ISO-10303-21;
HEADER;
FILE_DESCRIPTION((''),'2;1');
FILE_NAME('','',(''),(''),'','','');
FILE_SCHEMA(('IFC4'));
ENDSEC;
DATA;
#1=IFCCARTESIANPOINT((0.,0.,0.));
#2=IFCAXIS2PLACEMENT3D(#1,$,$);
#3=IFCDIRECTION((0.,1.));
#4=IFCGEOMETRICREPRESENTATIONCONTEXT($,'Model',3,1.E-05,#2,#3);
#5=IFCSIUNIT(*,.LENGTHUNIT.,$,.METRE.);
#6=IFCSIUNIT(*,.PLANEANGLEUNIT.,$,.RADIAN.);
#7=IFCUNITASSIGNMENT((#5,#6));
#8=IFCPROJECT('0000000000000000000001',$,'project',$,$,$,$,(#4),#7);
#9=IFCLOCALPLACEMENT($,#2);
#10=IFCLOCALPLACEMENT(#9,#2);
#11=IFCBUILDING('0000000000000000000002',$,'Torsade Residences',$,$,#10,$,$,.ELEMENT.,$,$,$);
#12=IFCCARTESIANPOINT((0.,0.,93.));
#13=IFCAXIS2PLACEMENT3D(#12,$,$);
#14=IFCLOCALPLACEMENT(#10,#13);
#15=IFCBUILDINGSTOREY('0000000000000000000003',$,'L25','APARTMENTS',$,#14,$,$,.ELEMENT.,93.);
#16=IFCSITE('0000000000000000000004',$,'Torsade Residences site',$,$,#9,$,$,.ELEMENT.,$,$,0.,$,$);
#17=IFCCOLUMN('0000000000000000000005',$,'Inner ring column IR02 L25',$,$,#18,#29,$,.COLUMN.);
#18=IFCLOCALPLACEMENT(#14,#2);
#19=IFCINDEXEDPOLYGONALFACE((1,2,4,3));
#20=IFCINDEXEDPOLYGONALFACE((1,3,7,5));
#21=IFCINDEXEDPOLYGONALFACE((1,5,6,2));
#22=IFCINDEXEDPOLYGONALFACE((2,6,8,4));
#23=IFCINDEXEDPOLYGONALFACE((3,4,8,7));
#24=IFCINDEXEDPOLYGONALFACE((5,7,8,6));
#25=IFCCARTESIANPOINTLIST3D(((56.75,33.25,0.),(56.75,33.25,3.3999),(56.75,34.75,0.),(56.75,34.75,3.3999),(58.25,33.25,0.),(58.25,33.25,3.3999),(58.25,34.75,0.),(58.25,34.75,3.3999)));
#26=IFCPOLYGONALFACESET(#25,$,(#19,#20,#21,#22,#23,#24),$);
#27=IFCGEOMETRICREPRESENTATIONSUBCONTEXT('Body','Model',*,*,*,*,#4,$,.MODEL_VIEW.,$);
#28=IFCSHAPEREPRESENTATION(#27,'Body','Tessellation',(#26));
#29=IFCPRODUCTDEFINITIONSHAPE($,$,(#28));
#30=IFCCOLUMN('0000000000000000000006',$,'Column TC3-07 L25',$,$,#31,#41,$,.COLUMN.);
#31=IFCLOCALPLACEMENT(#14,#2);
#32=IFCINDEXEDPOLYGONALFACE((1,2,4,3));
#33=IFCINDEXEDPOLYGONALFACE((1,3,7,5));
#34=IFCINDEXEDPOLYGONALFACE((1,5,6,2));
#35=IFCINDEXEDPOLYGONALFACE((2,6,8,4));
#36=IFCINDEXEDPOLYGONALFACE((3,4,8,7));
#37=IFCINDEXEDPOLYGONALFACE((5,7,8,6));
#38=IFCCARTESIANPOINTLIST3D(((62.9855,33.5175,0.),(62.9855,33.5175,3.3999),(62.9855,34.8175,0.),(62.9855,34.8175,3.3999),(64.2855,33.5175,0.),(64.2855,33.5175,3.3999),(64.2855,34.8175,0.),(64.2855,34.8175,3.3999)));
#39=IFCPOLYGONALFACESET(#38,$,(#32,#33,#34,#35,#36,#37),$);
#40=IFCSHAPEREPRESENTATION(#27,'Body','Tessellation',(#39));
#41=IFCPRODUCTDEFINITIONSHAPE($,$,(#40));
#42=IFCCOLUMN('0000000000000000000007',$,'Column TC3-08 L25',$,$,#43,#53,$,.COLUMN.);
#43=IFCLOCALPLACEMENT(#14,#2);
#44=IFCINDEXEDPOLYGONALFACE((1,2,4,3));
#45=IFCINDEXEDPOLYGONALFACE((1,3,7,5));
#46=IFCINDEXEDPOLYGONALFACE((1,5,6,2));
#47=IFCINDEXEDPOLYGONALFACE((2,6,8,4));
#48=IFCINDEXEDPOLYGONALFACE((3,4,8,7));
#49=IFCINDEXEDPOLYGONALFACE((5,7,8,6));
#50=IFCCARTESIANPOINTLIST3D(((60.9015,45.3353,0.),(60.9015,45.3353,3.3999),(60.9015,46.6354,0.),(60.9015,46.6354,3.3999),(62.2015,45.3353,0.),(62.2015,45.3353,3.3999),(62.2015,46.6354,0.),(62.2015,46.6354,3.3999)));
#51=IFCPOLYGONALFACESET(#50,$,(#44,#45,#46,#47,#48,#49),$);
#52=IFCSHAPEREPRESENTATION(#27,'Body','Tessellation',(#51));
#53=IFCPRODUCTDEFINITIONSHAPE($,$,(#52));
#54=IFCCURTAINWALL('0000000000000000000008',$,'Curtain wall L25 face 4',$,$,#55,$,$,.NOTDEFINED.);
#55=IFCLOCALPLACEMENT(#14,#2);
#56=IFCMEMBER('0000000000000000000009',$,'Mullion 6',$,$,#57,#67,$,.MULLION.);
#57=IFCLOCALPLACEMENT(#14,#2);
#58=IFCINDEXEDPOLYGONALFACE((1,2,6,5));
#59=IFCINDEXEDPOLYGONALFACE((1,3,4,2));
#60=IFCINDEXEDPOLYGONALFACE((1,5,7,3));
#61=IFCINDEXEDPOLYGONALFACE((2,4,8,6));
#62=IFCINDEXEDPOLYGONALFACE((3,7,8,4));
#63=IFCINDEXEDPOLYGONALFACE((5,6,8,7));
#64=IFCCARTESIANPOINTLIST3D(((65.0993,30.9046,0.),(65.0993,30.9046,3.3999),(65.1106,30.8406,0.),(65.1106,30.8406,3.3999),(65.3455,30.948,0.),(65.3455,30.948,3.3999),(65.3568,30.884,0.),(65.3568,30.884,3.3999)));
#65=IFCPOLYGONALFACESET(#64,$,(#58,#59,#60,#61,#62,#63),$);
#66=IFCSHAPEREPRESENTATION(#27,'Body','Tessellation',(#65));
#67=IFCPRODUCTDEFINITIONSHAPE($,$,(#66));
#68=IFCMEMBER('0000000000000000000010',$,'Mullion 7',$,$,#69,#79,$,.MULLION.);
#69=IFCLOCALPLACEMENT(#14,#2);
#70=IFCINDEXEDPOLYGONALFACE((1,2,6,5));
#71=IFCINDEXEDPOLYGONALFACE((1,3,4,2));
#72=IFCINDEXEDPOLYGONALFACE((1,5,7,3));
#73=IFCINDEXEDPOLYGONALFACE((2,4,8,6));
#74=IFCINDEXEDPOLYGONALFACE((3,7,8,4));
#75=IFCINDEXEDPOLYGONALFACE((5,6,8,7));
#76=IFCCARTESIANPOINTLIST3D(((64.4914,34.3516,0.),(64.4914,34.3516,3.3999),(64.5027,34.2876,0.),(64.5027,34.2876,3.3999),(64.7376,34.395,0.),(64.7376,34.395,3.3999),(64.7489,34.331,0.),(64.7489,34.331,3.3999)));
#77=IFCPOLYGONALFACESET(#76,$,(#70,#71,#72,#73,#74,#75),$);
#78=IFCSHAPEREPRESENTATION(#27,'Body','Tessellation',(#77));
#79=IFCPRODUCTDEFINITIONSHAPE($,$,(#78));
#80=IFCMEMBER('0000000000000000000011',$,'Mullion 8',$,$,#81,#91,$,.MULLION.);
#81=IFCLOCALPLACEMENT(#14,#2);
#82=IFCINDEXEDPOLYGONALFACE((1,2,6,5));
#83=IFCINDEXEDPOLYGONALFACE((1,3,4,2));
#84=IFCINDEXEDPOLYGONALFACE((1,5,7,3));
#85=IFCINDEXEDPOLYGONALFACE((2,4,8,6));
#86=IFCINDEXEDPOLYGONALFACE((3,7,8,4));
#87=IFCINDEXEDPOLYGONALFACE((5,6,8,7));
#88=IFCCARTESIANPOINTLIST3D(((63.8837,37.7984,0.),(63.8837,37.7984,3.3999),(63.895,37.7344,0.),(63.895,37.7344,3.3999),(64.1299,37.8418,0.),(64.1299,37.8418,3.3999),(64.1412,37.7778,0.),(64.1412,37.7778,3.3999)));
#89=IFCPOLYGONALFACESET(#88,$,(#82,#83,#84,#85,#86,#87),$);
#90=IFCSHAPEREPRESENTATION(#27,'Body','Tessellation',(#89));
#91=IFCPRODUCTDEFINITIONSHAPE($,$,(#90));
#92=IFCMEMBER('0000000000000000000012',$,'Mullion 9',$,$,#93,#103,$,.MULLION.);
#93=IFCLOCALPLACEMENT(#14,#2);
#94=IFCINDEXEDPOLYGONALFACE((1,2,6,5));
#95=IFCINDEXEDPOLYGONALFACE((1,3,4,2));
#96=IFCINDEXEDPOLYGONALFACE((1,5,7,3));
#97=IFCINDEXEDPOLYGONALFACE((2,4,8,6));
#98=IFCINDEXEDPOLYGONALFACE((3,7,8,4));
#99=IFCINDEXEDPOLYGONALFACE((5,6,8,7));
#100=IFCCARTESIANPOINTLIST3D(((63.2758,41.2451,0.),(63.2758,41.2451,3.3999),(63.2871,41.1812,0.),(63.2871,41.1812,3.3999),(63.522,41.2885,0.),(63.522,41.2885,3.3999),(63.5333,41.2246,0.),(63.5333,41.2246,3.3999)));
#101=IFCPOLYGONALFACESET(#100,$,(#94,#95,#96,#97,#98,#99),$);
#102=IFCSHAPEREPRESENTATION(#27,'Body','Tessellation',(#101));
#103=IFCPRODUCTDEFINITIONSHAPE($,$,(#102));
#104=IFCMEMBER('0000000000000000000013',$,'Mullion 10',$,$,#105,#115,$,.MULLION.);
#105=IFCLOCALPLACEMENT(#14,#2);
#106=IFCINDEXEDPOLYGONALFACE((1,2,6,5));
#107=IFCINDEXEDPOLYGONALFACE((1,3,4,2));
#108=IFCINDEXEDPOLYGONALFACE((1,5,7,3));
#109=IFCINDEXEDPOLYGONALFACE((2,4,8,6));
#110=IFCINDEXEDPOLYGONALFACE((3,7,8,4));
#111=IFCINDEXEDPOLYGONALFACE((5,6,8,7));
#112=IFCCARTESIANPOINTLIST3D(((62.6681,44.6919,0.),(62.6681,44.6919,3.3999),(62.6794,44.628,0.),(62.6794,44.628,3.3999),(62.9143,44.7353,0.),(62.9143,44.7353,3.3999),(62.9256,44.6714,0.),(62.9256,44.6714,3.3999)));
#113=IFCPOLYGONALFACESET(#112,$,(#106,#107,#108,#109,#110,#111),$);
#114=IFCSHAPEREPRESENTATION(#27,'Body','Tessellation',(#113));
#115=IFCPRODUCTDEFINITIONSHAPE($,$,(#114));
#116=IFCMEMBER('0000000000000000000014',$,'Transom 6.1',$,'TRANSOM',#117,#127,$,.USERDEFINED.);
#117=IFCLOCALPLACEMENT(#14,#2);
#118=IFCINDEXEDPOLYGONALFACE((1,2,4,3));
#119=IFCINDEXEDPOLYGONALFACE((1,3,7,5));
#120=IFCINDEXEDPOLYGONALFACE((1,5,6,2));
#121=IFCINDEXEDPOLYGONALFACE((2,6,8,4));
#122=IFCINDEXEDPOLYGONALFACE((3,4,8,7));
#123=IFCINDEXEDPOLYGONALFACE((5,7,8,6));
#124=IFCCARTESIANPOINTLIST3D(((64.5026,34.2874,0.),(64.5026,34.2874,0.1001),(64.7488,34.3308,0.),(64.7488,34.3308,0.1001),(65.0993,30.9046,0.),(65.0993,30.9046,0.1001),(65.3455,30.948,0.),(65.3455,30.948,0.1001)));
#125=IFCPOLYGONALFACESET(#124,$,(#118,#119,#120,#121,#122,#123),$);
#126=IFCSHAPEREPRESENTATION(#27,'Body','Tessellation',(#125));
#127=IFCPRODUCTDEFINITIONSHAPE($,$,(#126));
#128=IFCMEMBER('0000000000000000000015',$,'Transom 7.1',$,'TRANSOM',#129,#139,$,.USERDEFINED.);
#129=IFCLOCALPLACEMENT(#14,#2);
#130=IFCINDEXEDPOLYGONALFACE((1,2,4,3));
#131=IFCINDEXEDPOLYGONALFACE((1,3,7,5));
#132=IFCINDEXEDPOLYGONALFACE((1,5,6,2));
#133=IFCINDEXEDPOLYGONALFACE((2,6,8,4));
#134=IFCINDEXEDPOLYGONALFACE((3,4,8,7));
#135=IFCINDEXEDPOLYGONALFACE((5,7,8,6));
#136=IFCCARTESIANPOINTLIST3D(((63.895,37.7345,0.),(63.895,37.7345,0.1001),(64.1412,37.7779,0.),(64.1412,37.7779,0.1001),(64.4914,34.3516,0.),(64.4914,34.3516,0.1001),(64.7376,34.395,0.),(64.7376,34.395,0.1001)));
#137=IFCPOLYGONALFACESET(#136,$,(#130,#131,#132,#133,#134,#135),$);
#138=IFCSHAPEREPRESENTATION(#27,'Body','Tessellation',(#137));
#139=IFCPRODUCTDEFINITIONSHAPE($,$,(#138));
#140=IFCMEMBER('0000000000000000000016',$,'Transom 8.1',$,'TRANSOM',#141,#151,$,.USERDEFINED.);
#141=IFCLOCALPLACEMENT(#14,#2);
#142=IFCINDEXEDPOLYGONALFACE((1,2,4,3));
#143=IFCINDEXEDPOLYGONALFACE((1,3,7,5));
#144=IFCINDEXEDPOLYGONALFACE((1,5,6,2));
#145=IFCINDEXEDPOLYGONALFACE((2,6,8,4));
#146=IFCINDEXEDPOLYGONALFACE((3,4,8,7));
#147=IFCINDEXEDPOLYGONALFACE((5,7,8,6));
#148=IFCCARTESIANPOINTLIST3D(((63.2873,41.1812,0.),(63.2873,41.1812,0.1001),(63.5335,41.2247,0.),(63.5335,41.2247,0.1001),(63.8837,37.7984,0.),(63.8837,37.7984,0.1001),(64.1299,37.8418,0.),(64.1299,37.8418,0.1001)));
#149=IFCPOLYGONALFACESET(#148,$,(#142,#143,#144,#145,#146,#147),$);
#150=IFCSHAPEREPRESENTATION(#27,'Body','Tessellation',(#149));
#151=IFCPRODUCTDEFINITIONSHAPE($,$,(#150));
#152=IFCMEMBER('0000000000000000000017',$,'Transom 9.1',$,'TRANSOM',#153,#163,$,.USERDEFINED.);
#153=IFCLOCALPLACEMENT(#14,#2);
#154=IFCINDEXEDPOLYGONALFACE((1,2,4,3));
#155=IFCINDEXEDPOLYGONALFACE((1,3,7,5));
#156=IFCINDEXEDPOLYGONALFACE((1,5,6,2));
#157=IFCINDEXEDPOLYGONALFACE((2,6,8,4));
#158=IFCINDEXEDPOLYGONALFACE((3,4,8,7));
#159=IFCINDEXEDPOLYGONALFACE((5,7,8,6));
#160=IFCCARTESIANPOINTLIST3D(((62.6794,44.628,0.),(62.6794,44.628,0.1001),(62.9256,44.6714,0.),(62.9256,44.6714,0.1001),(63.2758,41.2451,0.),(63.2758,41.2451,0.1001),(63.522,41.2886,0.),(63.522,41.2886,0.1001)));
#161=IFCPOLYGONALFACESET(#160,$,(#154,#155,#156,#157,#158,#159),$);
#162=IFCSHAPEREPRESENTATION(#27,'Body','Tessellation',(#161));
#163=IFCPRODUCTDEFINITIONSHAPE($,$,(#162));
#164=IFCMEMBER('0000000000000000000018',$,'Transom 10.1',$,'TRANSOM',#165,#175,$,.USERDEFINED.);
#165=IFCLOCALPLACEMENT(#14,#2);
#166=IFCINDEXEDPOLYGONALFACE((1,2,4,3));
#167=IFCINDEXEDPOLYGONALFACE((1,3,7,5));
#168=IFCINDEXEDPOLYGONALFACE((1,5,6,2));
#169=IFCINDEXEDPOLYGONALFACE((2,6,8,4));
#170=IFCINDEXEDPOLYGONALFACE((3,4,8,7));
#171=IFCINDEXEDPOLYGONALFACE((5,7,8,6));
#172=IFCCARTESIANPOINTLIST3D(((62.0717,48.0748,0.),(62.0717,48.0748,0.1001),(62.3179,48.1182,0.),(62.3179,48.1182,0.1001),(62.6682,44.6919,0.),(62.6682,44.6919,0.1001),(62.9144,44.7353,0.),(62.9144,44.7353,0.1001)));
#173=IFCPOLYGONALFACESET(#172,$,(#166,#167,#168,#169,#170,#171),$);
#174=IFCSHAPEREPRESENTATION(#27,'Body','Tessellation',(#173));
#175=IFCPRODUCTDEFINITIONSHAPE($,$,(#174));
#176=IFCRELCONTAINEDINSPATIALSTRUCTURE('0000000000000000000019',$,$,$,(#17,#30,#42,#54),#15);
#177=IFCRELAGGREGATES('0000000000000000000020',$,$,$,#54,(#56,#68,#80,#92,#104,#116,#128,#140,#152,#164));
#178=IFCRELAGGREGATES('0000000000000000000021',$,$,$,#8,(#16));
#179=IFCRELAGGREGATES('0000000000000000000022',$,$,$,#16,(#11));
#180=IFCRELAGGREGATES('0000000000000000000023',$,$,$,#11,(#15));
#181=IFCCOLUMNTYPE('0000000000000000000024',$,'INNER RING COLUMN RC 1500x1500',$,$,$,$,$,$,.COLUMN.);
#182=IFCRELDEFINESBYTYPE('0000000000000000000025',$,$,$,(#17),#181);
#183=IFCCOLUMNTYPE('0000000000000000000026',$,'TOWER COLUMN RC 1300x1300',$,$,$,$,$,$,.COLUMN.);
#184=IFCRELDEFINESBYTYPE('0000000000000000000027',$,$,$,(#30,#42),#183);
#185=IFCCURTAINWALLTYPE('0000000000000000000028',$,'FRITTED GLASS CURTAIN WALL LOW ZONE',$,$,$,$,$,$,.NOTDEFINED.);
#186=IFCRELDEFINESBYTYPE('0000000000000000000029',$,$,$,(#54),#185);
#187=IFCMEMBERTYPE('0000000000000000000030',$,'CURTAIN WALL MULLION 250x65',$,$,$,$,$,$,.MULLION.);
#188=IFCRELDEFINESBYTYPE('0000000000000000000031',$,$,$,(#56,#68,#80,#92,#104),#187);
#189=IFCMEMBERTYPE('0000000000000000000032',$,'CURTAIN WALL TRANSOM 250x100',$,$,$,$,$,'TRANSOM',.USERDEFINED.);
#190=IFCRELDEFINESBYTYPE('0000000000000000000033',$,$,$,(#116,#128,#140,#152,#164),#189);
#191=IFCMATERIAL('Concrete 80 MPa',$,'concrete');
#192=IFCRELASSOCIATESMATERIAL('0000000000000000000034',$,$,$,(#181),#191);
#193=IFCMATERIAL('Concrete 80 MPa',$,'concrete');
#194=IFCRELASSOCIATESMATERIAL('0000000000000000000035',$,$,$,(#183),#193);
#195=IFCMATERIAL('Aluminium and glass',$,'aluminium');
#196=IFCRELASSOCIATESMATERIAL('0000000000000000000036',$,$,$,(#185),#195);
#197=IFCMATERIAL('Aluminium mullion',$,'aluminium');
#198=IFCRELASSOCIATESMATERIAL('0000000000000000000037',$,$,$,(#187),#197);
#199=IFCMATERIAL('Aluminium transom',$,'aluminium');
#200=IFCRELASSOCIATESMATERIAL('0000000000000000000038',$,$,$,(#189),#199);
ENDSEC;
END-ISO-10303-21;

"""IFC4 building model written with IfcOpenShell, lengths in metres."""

from ifc_helpers import new_model, si_unit, direction, frame, origin, origin_2d, place, context, subcontext, project, spatial, rectangle, extrude, material, material_profile, profile_set, type_object, element, aggregate, save


model = new_model("IFC4")

# Units and contexts
model_context = context("Model", 3, precision=1e-05, world=origin(), true_north=direction((0.0, 1.0)))
body_context = subcontext(model_context, "Body", "Model", "MODEL_VIEW")
ifc_project = project(units=[si_unit("LENGTHUNIT", "METRE"), si_unit("PLANEANGLEUNIT", "RADIAN")], contexts=[model_context])

# Site, building, storey
site_placement = place(None, origin())
site = spatial("IfcSite", under=ifc_project, at=site_placement, Name="Torsade Residences site", CompositionType="ELEMENT", RefElevation=0.0)
building_placement = place(site_placement, origin())
building = spatial("IfcBuilding", under=site, at=building_placement, Name="Torsade Residences", CompositionType="ELEMENT")
storey_placement = place(building_placement, frame((0.0, 0.0, 93.0)))
storey = spatial("IfcBuildingStorey", under=building, at=storey_placement, Name="L25", Description="APARTMENTS", CompositionType="ELEMENT", Elevation=93.0)

# Columns
ifc_material_1 = material(Name="Concrete 80 MPa", Category="concrete")
ifc_material_profile_1 = material_profile(ifc_material_1, rectangle(XDim=1.5, YDim=1.5, at=origin_2d()), Name="RC 1500x1500")
ifc_profile_set_1 = profile_set([ifc_material_profile_1], Name="Concrete 80 MPa")
column_type_1 = type_object("IfcColumnType", Name="INNER RING COLUMN RC 1500x1500", PredefinedType="COLUMN", material=ifc_profile_set_1)
column_placement = place(storey_placement, frame((57.5, 34.0, 0.0), z_axis=(0.0, 0.0, 1.0), x_axis=(1.0, 0.0, 0.0)))
element("IfcColumn", 1, at=column_placement, inside=storey, type_object=column_type_1, Name="Inner ring column IR02 L25", PredefinedType="COLUMN", context=body_context, shape_type="SweptSolid", body=[
    extrude(rectangle(XDim=1.5, YDim=1.5, at=origin_2d()), origin(), (0.0, 0.0, 1.0), 3.3999),
])
ifc_material_2 = material(Name="Concrete 80 MPa", Category="concrete")
ifc_material_profile_2 = material_profile(ifc_material_2, rectangle(XDim=1.3, YDim=1.3, at=origin_2d()), Name="RC 1300x1300")
ifc_profile_set_2 = profile_set([ifc_material_profile_2], Name="Concrete 80 MPa")
column_type_2 = type_object("IfcColumnType", Name="TOWER COLUMN RC 1300x1300", PredefinedType="COLUMN", material=ifc_profile_set_2)
for number, where, z_axis, x_axis, name in (
    (2, (63.6355, 34.1675, 0.0), (0.0, 0.0, 1.0), (1.0, 0.0, 0.0), "Column TC3-07 L25"),
    (3, (61.5515, 45.9854, 0.0), (0.0, 0.0, 1.0), (1.0, 0.0, 0.0), "Column TC3-08 L25"),
):
    element("IfcColumn", number, at=place(storey_placement, frame(where, z_axis=z_axis, x_axis=x_axis)), inside=storey, type_object=column_type_2, Name=name, PredefinedType="COLUMN", context=body_context, shape_type="SweptSolid", body=[
        extrude(rectangle(XDim=1.3, YDim=1.3, at=origin_2d()), origin(), (0.0, 0.0, 1.0), 3.3999),
    ])

# Curtain wall, members
ifc_material_3 = material(Name="Aluminium and glass", Category="aluminium")
curtain_wall_type = type_object("IfcCurtainWallType", Name="FRITTED GLASS CURTAIN WALL LOW ZONE", PredefinedType="NOTDEFINED", material=ifc_material_3)
curtain_wall_placement = place(storey_placement, origin())
curtain_wall = element("IfcCurtainWall", 4, at=curtain_wall_placement, inside=storey, type_object=curtain_wall_type, Name="Curtain wall L25 face 4", PredefinedType="NOTDEFINED")
ifc_material_4 = material(Name="Aluminium mullion", Category="aluminium")
ifc_material_profile_3 = material_profile(ifc_material_4, rectangle(XDim=0.25, YDim=0.0649, at=origin_2d()), Name="CURTAIN WALL MULLION 250x65")
ifc_profile_set_3 = profile_set([ifc_material_profile_3], Name="Aluminium mullion")
member_type_1 = type_object("IfcMemberType", Name="CURTAIN WALL MULLION 250x65", PredefinedType="MULLION", material=ifc_profile_set_3)
member_1_placement = place(storey_placement, frame((65.228, 30.8943, 0.0), z_axis=(0.0, 0.0, 1.0), x_axis=(-0.984808, -0.173648, 0.0)))
member_1 = element("IfcMember", 5, at=member_1_placement, type_object=member_type_1, Name="Mullion 6", PredefinedType="MULLION", context=body_context, shape_type="SweptSolid", body=[
    extrude(rectangle(XDim=0.25, YDim=0.0649, at=origin_2d()), origin(), (0.0, 0.0, 1.0), 3.3999),
])
member_2_placement = place(storey_placement, frame((64.6201, 34.3413, 0.0), z_axis=(0.0, 0.0, 1.0), x_axis=(-0.984808, -0.173648, 0.0)))
member_2 = element("IfcMember", 6, at=member_2_placement, type_object=member_type_1, Name="Mullion 7", PredefinedType="MULLION", context=body_context, shape_type="SweptSolid", body=[
    extrude(rectangle(XDim=0.25, YDim=0.0649, at=origin_2d()), origin(), (0.0, 0.0, 1.0), 3.3999),
])
member_3_placement = place(storey_placement, frame((64.0125, 37.7881, 0.0), z_axis=(0.0, 0.0, 1.0), x_axis=(-0.984808, -0.173648, 0.0)))
member_3 = element("IfcMember", 7, at=member_3_placement, type_object=member_type_1, Name="Mullion 8", PredefinedType="MULLION", context=body_context, shape_type="SweptSolid", body=[
    extrude(rectangle(XDim=0.25, YDim=0.0649, at=origin_2d()), origin(), (0.0, 0.0, 1.0), 3.3999),
])
member_4_placement = place(storey_placement, frame((63.4045, 41.2349, 0.0), z_axis=(0.0, 0.0, 1.0), x_axis=(-0.984808, -0.173648, 0.0)))
member_4 = element("IfcMember", 8, at=member_4_placement, type_object=member_type_1, Name="Mullion 9", PredefinedType="MULLION", context=body_context, shape_type="SweptSolid", body=[
    extrude(rectangle(XDim=0.25, YDim=0.0649, at=origin_2d()), origin(), (0.0, 0.0, 1.0), 3.3999),
])
member_5_placement = place(storey_placement, frame((62.7969, 44.6816, 0.0), z_axis=(0.0, 0.0, 1.0), x_axis=(-0.984808, -0.173648, 0.0)))
member_5 = element("IfcMember", 9, at=member_5_placement, type_object=member_type_1, Name="Mullion 10", PredefinedType="MULLION", context=body_context, shape_type="SweptSolid", body=[
    extrude(rectangle(XDim=0.25, YDim=0.0649, at=origin_2d()), origin(), (0.0, 0.0, 1.0), 3.3999),
])
ifc_material_5 = material(Name="Aluminium transom", Category="aluminium")
ifc_material_profile_4 = material_profile(ifc_material_5, rectangle(XDim=0.25, YDim=0.1001, at=origin_2d()), Name="CURTAIN WALL TRANSOM 250x100")
ifc_profile_set_4 = profile_set([ifc_material_profile_4], Name="Aluminium transom")
member_type_2 = type_object("IfcMemberType", Name="CURTAIN WALL TRANSOM 250x100", ElementType="TRANSOM", PredefinedType="USERDEFINED", material=ifc_profile_set_4)
member_6_placement = place(storey_placement, frame((65.2224, 30.9263, 0.05), z_axis=(-0.173704, 0.984798, 0.0), x_axis=(-0.984798, -0.173704, 0.0)))
member_6 = element("IfcMember", 10, at=member_6_placement, type_object=member_type_2, Name="Transom 6.1", ObjectType="TRANSOM", PredefinedType="USERDEFINED", context=body_context, shape_type="SweptSolid", body=[
    extrude(rectangle(XDim=0.25, YDim=0.1001, at=origin_2d()), origin(), (0.0, 0.0, 1.0), 3.4351),
])
member_7_placement = place(storey_placement, frame((64.6145, 34.3733, 0.05), z_axis=(-0.173635, 0.98481, 0.0), x_axis=(-0.98481, -0.173635, 0.0)))
member_7 = element("IfcMember", 11, at=member_7_placement, type_object=member_type_2, Name="Transom 7.1", ObjectType="TRANSOM", PredefinedType="USERDEFINED", context=body_context, shape_type="SweptSolid", body=[
    extrude(rectangle(XDim=0.25, YDim=0.1001, at=origin_2d()), origin(), (0.0, 0.0, 1.0), 3.4351),
])
member_8_placement = place(storey_placement, frame((64.0068, 37.8201, 0.05), z_axis=(-0.173635, 0.98481, 0.0), x_axis=(-0.98481, -0.173635, 0.0)))
member_8 = element("IfcMember", 12, at=member_8_placement, type_object=member_type_2, Name="Transom 8.1", ObjectType="TRANSOM", PredefinedType="USERDEFINED", context=body_context, shape_type="SweptSolid", body=[
    extrude(rectangle(XDim=0.25, YDim=0.1001, at=origin_2d()), origin(), (0.0, 0.0, 1.0), 3.4351),
])
member_9_placement = place(storey_placement, frame((63.3989, 41.2668, 0.05), z_axis=(-0.173635, 0.98481, 0.0), x_axis=(-0.98481, -0.173635, 0.0)))
member_9 = element("IfcMember", 13, at=member_9_placement, type_object=member_type_2, Name="Transom 9.1", ObjectType="TRANSOM", PredefinedType="USERDEFINED", context=body_context, shape_type="SweptSolid", body=[
    extrude(rectangle(XDim=0.25, YDim=0.1001, at=origin_2d()), origin(), (0.0, 0.0, 1.0), 3.4351),
])
member_10_placement = place(storey_placement, frame((62.7913, 44.7136, 0.05), z_axis=(-0.173635, 0.98481, 0.0), x_axis=(-0.98481, -0.173635, 0.0)))
member_10 = element("IfcMember", 14, at=member_10_placement, type_object=member_type_2, Name="Transom 10.1", ObjectType="TRANSOM", PredefinedType="USERDEFINED", context=body_context, shape_type="SweptSolid", body=[
    extrude(rectangle(XDim=0.25, YDim=0.1001, at=origin_2d()), origin(), (0.0, 0.0, 1.0), 3.4351),
])

aggregate(curtain_wall, [member_1, member_2, member_3, member_4, member_5, member_6, member_7, member_8, member_9, member_10])

save(model, "model.ifc")
